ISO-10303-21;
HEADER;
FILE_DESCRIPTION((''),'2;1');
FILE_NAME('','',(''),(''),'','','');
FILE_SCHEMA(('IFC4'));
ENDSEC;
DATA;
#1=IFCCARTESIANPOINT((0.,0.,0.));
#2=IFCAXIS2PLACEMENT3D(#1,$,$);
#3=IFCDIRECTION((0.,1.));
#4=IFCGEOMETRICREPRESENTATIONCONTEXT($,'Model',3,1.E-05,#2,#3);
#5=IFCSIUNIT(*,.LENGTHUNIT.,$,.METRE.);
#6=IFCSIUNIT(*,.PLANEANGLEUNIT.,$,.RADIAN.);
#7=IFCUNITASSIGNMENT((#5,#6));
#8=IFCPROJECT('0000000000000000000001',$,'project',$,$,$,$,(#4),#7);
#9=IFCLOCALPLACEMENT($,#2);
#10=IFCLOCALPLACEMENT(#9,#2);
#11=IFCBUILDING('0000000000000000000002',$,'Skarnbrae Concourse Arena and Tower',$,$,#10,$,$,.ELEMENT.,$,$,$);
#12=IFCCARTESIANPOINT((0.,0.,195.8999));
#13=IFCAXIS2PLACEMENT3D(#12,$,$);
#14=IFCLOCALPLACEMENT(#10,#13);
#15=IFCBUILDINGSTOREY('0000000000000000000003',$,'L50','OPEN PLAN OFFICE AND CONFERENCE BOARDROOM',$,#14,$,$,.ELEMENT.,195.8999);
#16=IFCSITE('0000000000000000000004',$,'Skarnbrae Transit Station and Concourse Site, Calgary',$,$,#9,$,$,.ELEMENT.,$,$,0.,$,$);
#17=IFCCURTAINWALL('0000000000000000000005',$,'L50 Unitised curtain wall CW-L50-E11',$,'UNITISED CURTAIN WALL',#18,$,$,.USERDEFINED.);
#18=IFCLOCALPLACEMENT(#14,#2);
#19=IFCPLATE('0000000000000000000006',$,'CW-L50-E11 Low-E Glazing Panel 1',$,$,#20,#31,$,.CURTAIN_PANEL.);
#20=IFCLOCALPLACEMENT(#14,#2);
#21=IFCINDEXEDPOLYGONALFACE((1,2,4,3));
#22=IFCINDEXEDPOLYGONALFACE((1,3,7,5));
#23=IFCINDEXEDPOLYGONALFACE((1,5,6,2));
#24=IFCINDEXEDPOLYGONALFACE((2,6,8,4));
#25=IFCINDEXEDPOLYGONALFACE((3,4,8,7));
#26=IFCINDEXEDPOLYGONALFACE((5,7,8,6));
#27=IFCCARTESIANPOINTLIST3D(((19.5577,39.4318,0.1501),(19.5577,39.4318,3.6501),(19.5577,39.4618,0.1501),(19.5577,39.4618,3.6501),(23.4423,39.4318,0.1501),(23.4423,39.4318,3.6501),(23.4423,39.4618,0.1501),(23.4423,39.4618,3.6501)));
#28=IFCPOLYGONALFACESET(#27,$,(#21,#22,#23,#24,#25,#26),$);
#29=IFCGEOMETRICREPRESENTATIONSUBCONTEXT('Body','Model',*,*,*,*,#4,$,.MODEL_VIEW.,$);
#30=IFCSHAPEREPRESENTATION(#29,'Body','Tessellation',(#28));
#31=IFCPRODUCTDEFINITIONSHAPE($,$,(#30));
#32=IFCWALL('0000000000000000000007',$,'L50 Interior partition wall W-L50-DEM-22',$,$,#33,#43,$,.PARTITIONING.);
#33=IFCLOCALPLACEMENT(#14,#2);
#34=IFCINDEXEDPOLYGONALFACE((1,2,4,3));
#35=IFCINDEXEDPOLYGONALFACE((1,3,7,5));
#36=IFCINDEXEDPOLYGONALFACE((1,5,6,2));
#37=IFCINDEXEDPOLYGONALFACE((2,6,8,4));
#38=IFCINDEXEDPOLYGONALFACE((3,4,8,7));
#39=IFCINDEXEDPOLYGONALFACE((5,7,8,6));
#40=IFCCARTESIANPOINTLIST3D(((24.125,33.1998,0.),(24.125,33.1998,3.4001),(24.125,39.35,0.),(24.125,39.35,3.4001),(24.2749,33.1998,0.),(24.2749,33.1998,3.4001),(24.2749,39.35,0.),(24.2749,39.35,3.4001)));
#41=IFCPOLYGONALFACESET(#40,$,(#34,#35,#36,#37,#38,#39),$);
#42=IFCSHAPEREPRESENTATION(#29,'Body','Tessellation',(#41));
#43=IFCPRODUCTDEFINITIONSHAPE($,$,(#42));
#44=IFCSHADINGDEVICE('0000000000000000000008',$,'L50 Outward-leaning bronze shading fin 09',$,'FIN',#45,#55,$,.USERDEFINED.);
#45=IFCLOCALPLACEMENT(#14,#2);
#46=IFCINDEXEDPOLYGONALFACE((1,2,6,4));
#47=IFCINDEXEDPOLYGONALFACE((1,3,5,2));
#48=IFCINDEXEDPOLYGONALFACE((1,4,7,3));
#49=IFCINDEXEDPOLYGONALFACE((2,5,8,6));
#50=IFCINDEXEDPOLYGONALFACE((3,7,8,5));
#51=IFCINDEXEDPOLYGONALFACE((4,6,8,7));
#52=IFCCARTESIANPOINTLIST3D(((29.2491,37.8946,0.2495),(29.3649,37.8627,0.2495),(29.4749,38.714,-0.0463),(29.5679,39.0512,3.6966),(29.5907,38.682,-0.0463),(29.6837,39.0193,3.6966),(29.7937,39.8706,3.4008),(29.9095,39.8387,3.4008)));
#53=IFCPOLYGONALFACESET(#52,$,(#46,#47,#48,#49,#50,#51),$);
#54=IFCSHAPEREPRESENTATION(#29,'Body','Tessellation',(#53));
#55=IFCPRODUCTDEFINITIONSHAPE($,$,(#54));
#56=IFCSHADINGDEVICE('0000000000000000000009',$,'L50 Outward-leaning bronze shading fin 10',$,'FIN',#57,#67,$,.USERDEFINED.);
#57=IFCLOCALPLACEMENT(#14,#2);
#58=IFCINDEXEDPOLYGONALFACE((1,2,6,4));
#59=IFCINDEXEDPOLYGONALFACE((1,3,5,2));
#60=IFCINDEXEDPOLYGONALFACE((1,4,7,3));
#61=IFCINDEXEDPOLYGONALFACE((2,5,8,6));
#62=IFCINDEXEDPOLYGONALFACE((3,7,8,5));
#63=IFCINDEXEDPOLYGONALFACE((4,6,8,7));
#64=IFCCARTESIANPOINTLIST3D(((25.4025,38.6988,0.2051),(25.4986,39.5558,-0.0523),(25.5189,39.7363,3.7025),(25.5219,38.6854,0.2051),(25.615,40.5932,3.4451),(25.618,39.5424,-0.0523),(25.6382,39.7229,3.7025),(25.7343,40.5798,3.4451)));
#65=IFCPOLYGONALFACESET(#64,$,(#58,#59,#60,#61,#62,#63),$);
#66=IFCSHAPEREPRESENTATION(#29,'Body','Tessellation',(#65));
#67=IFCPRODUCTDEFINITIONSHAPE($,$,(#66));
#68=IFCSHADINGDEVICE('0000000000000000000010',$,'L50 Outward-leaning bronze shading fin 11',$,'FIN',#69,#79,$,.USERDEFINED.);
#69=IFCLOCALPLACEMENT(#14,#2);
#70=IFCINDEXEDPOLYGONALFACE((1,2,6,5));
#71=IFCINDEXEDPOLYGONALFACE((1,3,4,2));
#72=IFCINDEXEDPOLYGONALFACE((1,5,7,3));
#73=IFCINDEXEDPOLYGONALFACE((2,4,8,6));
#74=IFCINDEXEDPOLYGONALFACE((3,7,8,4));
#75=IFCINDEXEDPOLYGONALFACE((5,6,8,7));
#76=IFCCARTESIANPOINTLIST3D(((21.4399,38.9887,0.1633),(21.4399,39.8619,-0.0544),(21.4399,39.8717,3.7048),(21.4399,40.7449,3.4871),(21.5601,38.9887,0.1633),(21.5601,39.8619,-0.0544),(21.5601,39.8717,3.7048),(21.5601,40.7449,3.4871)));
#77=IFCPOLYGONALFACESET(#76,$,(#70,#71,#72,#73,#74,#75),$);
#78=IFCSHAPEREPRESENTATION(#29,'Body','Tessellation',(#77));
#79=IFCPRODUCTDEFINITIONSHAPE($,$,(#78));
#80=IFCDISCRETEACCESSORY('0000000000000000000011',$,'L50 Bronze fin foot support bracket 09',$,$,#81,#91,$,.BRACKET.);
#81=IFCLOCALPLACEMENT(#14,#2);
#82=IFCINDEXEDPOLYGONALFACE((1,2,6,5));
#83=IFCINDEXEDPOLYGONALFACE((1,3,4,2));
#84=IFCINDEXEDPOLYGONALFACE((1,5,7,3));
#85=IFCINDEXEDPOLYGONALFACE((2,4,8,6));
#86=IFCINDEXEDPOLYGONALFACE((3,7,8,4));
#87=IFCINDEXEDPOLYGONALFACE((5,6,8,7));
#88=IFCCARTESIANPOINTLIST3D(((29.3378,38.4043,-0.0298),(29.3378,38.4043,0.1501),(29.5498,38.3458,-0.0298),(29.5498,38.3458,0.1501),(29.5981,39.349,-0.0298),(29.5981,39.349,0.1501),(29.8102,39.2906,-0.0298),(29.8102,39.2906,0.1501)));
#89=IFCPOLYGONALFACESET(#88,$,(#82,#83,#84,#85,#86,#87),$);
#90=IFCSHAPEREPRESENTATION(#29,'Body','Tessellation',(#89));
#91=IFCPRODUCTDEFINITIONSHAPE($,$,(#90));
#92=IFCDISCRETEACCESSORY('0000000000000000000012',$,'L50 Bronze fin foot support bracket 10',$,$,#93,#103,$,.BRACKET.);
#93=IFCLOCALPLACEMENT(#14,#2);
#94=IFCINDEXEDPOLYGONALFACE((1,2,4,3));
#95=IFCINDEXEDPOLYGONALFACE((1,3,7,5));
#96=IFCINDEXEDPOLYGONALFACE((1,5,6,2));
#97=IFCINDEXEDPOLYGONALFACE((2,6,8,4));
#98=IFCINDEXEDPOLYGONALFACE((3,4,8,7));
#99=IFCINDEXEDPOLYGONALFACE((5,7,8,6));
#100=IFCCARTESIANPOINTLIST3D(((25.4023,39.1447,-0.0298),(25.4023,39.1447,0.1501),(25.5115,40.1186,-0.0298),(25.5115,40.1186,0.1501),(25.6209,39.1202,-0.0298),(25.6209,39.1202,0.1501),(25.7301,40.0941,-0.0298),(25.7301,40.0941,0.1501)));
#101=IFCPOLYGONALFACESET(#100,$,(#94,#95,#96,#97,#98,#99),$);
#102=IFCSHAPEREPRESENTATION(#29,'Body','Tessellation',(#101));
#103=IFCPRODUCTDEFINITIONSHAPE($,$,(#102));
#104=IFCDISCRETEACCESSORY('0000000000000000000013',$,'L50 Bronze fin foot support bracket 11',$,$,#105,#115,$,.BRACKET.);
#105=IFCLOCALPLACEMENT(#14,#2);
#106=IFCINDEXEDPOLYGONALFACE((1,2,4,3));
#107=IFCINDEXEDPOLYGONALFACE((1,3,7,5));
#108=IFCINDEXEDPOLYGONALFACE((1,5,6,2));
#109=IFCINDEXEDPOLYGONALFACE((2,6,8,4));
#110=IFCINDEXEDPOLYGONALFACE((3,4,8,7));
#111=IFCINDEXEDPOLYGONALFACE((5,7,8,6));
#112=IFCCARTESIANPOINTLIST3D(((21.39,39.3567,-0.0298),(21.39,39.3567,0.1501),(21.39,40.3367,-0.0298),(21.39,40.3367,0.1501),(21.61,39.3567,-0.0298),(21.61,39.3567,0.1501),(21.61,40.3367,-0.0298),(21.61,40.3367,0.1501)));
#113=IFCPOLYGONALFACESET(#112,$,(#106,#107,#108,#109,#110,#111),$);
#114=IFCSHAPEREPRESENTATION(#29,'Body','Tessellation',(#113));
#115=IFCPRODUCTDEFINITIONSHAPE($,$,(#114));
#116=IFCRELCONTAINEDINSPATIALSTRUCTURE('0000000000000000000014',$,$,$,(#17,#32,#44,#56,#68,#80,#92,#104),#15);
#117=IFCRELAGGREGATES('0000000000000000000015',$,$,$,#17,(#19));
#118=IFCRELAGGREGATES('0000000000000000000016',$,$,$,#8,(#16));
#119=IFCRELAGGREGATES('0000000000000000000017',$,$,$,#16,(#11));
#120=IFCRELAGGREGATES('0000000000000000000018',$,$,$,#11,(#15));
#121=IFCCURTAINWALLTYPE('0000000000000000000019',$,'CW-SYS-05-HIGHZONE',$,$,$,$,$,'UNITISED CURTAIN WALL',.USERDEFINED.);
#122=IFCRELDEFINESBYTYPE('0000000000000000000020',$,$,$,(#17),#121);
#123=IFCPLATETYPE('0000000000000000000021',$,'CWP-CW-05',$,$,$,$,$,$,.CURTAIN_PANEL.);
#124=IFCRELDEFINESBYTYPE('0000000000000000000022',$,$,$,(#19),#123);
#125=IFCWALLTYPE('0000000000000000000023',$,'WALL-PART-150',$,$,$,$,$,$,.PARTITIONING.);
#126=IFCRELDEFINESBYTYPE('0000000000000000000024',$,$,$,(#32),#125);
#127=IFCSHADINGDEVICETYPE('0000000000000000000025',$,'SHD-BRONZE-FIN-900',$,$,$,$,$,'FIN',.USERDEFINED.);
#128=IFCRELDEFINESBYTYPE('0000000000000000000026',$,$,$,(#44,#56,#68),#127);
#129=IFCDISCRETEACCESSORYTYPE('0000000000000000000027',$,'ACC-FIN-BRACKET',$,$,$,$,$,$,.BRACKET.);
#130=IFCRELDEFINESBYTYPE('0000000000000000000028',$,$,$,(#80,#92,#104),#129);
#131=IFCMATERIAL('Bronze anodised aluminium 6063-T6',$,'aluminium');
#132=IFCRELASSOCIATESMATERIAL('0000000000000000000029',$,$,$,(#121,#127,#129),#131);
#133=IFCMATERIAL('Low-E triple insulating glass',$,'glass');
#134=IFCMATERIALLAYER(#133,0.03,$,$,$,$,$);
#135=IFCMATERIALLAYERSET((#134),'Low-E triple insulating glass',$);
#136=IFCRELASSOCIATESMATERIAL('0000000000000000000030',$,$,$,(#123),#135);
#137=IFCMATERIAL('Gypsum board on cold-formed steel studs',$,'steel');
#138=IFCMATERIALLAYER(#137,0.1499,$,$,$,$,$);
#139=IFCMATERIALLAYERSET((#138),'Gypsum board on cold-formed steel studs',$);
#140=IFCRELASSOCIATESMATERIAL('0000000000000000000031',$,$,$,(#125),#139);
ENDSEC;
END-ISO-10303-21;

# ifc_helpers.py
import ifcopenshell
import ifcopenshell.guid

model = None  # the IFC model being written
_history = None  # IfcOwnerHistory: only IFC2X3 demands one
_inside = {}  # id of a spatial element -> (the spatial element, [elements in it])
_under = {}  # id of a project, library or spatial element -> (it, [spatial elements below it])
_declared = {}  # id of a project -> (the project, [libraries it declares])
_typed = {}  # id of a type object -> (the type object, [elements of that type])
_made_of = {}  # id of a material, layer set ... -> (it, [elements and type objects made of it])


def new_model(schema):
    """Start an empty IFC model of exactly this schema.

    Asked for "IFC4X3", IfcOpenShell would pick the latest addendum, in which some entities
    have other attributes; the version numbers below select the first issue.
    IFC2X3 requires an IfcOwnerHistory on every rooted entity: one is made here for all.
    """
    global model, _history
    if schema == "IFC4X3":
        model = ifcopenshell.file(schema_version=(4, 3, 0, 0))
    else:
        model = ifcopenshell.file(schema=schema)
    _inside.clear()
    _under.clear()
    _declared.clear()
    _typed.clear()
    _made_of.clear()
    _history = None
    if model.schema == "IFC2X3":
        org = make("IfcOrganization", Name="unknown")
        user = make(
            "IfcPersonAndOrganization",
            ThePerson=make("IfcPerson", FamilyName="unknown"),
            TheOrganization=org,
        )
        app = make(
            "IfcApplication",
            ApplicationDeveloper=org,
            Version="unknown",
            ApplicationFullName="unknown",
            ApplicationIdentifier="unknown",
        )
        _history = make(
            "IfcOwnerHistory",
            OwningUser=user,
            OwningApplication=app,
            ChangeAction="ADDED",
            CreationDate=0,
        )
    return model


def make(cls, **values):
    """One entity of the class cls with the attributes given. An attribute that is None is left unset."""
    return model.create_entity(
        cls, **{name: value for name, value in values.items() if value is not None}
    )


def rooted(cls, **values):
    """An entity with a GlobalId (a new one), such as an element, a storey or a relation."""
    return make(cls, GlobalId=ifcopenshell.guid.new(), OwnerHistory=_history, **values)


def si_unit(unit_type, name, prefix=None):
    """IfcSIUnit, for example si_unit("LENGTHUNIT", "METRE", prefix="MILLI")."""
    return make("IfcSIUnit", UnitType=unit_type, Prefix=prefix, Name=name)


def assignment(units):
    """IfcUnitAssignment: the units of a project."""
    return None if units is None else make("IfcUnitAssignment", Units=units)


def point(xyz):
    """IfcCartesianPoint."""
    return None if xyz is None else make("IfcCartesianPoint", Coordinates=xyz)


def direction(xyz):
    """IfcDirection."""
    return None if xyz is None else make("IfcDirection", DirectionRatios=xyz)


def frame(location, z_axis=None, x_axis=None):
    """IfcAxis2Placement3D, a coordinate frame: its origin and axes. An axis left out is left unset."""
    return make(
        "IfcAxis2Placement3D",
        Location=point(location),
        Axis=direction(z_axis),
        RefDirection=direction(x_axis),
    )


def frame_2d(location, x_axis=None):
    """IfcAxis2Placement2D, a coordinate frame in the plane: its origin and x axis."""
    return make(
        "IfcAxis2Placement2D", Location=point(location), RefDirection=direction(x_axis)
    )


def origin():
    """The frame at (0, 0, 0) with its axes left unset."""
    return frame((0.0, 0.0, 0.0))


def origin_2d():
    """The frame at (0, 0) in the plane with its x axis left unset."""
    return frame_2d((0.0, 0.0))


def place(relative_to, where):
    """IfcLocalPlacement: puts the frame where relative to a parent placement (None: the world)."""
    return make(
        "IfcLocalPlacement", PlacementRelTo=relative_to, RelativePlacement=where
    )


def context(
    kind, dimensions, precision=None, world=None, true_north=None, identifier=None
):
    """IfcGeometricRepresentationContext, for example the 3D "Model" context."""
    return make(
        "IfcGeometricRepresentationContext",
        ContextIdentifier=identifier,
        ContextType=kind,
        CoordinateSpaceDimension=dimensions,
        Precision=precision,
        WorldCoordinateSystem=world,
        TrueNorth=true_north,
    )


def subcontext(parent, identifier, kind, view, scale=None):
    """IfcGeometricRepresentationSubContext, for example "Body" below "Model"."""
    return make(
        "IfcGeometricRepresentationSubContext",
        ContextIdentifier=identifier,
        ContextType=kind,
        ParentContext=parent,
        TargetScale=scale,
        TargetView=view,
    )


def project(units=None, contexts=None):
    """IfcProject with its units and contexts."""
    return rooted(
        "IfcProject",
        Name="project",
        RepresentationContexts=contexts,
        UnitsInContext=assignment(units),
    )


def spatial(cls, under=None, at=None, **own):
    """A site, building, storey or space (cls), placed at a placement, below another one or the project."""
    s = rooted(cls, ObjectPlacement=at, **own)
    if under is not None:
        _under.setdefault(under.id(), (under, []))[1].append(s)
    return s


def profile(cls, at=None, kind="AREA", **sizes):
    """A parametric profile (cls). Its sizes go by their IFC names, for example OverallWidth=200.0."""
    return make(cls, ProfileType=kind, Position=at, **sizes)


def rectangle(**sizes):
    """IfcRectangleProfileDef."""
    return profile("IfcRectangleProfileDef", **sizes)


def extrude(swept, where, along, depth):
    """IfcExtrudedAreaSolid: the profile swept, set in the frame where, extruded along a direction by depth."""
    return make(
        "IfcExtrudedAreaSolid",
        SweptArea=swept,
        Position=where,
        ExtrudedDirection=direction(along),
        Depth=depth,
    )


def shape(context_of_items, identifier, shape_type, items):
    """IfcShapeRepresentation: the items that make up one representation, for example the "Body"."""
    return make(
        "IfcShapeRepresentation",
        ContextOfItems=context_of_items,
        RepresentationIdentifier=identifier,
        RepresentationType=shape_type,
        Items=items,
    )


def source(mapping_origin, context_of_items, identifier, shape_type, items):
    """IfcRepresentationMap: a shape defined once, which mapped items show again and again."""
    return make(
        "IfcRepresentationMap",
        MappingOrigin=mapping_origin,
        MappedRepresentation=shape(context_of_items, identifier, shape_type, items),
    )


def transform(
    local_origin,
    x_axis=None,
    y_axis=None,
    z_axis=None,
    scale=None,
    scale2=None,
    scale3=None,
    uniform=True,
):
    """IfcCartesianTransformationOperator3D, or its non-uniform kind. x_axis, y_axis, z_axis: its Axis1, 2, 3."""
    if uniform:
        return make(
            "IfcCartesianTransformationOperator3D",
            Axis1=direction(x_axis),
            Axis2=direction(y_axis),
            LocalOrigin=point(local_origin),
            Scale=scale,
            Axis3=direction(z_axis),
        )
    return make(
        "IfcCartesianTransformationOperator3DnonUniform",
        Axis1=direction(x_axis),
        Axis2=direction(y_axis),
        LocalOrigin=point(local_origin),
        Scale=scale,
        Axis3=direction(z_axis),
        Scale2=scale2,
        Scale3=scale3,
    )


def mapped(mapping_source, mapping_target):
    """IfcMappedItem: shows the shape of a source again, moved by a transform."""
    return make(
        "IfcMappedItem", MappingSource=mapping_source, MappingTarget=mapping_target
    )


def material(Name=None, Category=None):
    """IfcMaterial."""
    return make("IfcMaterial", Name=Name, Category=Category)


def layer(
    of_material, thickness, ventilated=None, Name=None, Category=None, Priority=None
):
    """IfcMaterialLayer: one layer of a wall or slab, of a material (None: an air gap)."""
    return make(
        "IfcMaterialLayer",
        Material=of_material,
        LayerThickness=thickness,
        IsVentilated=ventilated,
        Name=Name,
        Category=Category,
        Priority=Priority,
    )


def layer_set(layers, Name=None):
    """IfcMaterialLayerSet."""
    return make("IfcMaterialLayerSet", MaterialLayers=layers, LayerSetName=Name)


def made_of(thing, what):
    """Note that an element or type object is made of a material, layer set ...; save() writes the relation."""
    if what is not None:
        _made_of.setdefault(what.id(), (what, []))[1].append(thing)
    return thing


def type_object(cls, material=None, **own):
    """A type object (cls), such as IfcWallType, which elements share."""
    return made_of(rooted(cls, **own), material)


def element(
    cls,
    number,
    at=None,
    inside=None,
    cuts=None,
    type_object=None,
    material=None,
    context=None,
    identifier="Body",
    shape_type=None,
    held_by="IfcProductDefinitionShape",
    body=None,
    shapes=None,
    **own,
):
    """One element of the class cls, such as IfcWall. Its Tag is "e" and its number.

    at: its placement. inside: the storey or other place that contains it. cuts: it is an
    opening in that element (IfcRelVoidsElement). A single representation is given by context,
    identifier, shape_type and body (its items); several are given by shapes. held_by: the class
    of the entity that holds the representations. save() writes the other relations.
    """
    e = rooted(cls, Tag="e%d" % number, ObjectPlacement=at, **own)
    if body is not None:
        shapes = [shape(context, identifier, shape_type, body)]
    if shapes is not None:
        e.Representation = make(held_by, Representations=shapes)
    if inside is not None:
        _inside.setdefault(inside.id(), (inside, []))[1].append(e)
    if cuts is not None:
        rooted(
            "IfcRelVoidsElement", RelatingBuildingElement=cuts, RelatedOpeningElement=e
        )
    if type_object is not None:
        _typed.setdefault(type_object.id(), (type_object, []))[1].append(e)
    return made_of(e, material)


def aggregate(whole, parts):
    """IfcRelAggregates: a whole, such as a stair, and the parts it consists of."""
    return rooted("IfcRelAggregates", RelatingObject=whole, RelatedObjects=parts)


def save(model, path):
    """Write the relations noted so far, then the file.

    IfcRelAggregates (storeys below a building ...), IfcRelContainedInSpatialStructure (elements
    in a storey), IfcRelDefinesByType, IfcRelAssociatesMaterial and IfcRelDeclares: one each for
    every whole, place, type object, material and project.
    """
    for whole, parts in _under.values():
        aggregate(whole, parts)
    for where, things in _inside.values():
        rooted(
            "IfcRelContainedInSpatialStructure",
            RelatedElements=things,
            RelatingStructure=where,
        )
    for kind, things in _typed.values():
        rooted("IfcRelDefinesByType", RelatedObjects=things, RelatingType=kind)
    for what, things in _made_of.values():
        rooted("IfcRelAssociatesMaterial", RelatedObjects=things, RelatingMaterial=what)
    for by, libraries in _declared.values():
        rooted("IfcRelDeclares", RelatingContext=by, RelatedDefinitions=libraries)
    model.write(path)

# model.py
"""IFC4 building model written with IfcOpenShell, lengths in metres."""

from ifc_helpers import new_model, si_unit, direction, frame, frame_2d, origin, origin_2d, place, context, subcontext, project, spatial, rectangle, extrude, source, transform, mapped, material, layer, layer_set, type_object, element, aggregate, save


model = new_model("IFC4")

# Units and contexts
model_context = context("Model", 3, precision=1e-05, world=origin(), true_north=direction((0.0, 1.0)))
body_context = subcontext(model_context, "Body", "Model", "MODEL_VIEW")
ifc_project = project(units=[si_unit("LENGTHUNIT", "METRE"), si_unit("PLANEANGLEUNIT", "RADIAN")], contexts=[model_context])

# Site, building, storey
site_placement = place(None, origin())
site = spatial("IfcSite", under=ifc_project, at=site_placement, Name="Skarnbrae Transit Station and Concourse Site, Calgary", CompositionType="ELEMENT", RefElevation=0.0)
building_placement = place(site_placement, origin())
building = spatial("IfcBuilding", under=site, at=building_placement, Name="Skarnbrae Concourse Arena and Tower", CompositionType="ELEMENT")
storey_placement = place(building_placement, frame((0.0, 0.0, 195.8999)))
storey = spatial("IfcBuildingStorey", under=building, at=storey_placement, Name="L50", Description="OPEN PLAN OFFICE AND CONFERENCE BOARDROOM", CompositionType="ELEMENT", Elevation=195.8999)

# Curtain wall
ifc_material_1 = material(Name="Bronze anodised aluminium 6063-T6", Category="aluminium")
curtain_wall_type = type_object("IfcCurtainWallType", Name="CW-SYS-05-HIGHZONE", ElementType="UNITISED CURTAIN WALL", PredefinedType="USERDEFINED", material=ifc_material_1)
curtain_wall_1_placement = place(storey_placement, origin())
curtain_wall_1 = element("IfcCurtainWall", 1, at=curtain_wall_1_placement, inside=storey, type_object=curtain_wall_type, Name="L50 Unitised curtain wall CW-L50-E11", ObjectType="UNITISED CURTAIN WALL", PredefinedType="USERDEFINED")

# Plate
ifc_material_2 = material(Name="Low-E triple insulating glass", Category="glass")
ifc_layer_1 = layer(ifc_material_2, 0.03)
ifc_layer_set_1 = layer_set([ifc_layer_1], Name="Low-E triple insulating glass")
plate_type = type_object("IfcPlateType", Name="CWP-CW-05", PredefinedType="CURTAIN_PANEL", material=ifc_layer_set_1)
shared_shape_1 = source(origin(), body_context, "Body", "SweptSolid", [
    extrude(rectangle(XDim=3.8845, YDim=0.03, at=origin_2d()), origin(), (0.0, 0.0, 1.0), 3.5),
])
plate_1_placement = place(storey_placement, frame((21.5, 39.4468, 0.1501), z_axis=(0.0, 0.0, 1.0), x_axis=(-1.0, 0.0, 0.0)))
plate_1 = element("IfcPlate", 2, at=plate_1_placement, type_object=plate_type, Name="CW-L50-E11 Low-E Glazing Panel 1", PredefinedType="CURTAIN_PANEL", context=body_context, shape_type="MappedRepresentation", body=[
    mapped(shared_shape_1, transform((0.0, 0.0, 0.0))),
])
aggregate(curtain_wall_1, [plate_1])

# Wall
ifc_material_3 = material(Name="Gypsum board on cold-formed steel studs", Category="steel")
ifc_layer_2 = layer(ifc_material_3, 0.1499)
ifc_layer_set_2 = layer_set([ifc_layer_2], Name="Gypsum board on cold-formed steel studs")
wall_type = type_object("IfcWallType", Name="WALL-PART-150", PredefinedType="PARTITIONING", material=ifc_layer_set_2)
shared_shape_2 = source(origin(), body_context, "Body", "SweptSolid", [
    extrude(rectangle(XDim=6.1501, YDim=0.1499, at=frame_2d((3.0752, 0.0))), origin(), (0.0, 0.0, 1.0), 3.4001),
])
wall_placement = place(storey_placement, frame((24.2, 39.3501, 0.0), z_axis=(0.0, 0.0, 1.0), x_axis=(0.0, -1.0, 0.0)))
element("IfcWall", 3, at=wall_placement, inside=storey, type_object=wall_type, Name="L50 Interior partition wall W-L50-DEM-22", PredefinedType="PARTITIONING", context=body_context, shape_type="MappedRepresentation", body=[
    mapped(shared_shape_2, transform((0.0, 0.0, 0.0))),
])

# Shading devices
shading_device_type = type_object("IfcShadingDeviceType", Name="SHD-BRONZE-FIN-900", ElementType="FIN", PredefinedType="USERDEFINED", material=ifc_material_1)
shared_shape_3 = source(origin(), body_context, "Body", "SweptSolid", [
    extrude(rectangle(XDim=0.1201, YDim=0.8999, at=origin_2d()), origin(), (0.0, 0.0, 1.0), 3.6499),
])
for number, where, z_axis, x_axis, name in (
    (4, (29.4199, 38.2883, 0.1016), (0.087333, 0.316888, 0.944434), (0.964058, -0.265691, 0.0), "L50 Outward-leaning bronze shading fin 09"),
    (5, (25.5103, 39.1206, 0.0764), (0.031878, 0.284241, 0.958223), (0.99377, -0.111452, 0.0), "L50 Outward-leaning bronze shading fin 10"),
    (6, (21.5, 39.4253, 0.0544), (0.0, 0.241922, 0.970296), (1.0, 0.0, 0.0), "L50 Outward-leaning bronze shading fin 11"),
):
    element("IfcShadingDevice", number, at=place(storey_placement, frame(where, z_axis=z_axis, x_axis=x_axis)), inside=storey, type_object=shading_device_type, Name=name, ObjectType="FIN", PredefinedType="USERDEFINED", context=body_context, shape_type="MappedRepresentation", body=[
        mapped(shared_shape_3, transform((0.0, 0.0, 0.0))),
    ])

# Discrete accessories
discrete_accessory_type = type_object("IfcDiscreteAccessoryType", Name="ACC-FIN-BRACKET", PredefinedType="BRACKET", material=ifc_material_1)
shared_shape_4 = source(origin(), body_context, "Body", "SweptSolid", [
    extrude(rectangle(XDim=0.22, YDim=0.98, at=origin_2d()), origin(), (0.0, 0.0, 1.0), 0.1799),
])
for number, where, z_axis, x_axis, name in (
    (7, (29.574, 38.8474, -0.0298), (0.0, 0.0, 1.0), (0.964058, -0.265691, 0.0), "L50 Bronze fin foot support bracket 09"),
    (8, (25.5662, 39.6194, -0.0298), (0.0, 0.0, 1.0), (0.99377, -0.111452, 0.0), "L50 Bronze fin foot support bracket 10"),
    (9, (21.5, 39.8467, -0.0298), (0.0, 0.0, 1.0), (1.0, 0.0, 0.0), "L50 Bronze fin foot support bracket 11"),
):
    element("IfcDiscreteAccessory", number, at=place(storey_placement, frame(where, z_axis=z_axis, x_axis=x_axis)), inside=storey, type_object=discrete_accessory_type, Name=name, PredefinedType="BRACKET", context=body_context, shape_type="MappedRepresentation", body=[
        mapped(shared_shape_4, transform((0.0, 0.0, 0.0))),
    ])

save(model, "model.ifc")
